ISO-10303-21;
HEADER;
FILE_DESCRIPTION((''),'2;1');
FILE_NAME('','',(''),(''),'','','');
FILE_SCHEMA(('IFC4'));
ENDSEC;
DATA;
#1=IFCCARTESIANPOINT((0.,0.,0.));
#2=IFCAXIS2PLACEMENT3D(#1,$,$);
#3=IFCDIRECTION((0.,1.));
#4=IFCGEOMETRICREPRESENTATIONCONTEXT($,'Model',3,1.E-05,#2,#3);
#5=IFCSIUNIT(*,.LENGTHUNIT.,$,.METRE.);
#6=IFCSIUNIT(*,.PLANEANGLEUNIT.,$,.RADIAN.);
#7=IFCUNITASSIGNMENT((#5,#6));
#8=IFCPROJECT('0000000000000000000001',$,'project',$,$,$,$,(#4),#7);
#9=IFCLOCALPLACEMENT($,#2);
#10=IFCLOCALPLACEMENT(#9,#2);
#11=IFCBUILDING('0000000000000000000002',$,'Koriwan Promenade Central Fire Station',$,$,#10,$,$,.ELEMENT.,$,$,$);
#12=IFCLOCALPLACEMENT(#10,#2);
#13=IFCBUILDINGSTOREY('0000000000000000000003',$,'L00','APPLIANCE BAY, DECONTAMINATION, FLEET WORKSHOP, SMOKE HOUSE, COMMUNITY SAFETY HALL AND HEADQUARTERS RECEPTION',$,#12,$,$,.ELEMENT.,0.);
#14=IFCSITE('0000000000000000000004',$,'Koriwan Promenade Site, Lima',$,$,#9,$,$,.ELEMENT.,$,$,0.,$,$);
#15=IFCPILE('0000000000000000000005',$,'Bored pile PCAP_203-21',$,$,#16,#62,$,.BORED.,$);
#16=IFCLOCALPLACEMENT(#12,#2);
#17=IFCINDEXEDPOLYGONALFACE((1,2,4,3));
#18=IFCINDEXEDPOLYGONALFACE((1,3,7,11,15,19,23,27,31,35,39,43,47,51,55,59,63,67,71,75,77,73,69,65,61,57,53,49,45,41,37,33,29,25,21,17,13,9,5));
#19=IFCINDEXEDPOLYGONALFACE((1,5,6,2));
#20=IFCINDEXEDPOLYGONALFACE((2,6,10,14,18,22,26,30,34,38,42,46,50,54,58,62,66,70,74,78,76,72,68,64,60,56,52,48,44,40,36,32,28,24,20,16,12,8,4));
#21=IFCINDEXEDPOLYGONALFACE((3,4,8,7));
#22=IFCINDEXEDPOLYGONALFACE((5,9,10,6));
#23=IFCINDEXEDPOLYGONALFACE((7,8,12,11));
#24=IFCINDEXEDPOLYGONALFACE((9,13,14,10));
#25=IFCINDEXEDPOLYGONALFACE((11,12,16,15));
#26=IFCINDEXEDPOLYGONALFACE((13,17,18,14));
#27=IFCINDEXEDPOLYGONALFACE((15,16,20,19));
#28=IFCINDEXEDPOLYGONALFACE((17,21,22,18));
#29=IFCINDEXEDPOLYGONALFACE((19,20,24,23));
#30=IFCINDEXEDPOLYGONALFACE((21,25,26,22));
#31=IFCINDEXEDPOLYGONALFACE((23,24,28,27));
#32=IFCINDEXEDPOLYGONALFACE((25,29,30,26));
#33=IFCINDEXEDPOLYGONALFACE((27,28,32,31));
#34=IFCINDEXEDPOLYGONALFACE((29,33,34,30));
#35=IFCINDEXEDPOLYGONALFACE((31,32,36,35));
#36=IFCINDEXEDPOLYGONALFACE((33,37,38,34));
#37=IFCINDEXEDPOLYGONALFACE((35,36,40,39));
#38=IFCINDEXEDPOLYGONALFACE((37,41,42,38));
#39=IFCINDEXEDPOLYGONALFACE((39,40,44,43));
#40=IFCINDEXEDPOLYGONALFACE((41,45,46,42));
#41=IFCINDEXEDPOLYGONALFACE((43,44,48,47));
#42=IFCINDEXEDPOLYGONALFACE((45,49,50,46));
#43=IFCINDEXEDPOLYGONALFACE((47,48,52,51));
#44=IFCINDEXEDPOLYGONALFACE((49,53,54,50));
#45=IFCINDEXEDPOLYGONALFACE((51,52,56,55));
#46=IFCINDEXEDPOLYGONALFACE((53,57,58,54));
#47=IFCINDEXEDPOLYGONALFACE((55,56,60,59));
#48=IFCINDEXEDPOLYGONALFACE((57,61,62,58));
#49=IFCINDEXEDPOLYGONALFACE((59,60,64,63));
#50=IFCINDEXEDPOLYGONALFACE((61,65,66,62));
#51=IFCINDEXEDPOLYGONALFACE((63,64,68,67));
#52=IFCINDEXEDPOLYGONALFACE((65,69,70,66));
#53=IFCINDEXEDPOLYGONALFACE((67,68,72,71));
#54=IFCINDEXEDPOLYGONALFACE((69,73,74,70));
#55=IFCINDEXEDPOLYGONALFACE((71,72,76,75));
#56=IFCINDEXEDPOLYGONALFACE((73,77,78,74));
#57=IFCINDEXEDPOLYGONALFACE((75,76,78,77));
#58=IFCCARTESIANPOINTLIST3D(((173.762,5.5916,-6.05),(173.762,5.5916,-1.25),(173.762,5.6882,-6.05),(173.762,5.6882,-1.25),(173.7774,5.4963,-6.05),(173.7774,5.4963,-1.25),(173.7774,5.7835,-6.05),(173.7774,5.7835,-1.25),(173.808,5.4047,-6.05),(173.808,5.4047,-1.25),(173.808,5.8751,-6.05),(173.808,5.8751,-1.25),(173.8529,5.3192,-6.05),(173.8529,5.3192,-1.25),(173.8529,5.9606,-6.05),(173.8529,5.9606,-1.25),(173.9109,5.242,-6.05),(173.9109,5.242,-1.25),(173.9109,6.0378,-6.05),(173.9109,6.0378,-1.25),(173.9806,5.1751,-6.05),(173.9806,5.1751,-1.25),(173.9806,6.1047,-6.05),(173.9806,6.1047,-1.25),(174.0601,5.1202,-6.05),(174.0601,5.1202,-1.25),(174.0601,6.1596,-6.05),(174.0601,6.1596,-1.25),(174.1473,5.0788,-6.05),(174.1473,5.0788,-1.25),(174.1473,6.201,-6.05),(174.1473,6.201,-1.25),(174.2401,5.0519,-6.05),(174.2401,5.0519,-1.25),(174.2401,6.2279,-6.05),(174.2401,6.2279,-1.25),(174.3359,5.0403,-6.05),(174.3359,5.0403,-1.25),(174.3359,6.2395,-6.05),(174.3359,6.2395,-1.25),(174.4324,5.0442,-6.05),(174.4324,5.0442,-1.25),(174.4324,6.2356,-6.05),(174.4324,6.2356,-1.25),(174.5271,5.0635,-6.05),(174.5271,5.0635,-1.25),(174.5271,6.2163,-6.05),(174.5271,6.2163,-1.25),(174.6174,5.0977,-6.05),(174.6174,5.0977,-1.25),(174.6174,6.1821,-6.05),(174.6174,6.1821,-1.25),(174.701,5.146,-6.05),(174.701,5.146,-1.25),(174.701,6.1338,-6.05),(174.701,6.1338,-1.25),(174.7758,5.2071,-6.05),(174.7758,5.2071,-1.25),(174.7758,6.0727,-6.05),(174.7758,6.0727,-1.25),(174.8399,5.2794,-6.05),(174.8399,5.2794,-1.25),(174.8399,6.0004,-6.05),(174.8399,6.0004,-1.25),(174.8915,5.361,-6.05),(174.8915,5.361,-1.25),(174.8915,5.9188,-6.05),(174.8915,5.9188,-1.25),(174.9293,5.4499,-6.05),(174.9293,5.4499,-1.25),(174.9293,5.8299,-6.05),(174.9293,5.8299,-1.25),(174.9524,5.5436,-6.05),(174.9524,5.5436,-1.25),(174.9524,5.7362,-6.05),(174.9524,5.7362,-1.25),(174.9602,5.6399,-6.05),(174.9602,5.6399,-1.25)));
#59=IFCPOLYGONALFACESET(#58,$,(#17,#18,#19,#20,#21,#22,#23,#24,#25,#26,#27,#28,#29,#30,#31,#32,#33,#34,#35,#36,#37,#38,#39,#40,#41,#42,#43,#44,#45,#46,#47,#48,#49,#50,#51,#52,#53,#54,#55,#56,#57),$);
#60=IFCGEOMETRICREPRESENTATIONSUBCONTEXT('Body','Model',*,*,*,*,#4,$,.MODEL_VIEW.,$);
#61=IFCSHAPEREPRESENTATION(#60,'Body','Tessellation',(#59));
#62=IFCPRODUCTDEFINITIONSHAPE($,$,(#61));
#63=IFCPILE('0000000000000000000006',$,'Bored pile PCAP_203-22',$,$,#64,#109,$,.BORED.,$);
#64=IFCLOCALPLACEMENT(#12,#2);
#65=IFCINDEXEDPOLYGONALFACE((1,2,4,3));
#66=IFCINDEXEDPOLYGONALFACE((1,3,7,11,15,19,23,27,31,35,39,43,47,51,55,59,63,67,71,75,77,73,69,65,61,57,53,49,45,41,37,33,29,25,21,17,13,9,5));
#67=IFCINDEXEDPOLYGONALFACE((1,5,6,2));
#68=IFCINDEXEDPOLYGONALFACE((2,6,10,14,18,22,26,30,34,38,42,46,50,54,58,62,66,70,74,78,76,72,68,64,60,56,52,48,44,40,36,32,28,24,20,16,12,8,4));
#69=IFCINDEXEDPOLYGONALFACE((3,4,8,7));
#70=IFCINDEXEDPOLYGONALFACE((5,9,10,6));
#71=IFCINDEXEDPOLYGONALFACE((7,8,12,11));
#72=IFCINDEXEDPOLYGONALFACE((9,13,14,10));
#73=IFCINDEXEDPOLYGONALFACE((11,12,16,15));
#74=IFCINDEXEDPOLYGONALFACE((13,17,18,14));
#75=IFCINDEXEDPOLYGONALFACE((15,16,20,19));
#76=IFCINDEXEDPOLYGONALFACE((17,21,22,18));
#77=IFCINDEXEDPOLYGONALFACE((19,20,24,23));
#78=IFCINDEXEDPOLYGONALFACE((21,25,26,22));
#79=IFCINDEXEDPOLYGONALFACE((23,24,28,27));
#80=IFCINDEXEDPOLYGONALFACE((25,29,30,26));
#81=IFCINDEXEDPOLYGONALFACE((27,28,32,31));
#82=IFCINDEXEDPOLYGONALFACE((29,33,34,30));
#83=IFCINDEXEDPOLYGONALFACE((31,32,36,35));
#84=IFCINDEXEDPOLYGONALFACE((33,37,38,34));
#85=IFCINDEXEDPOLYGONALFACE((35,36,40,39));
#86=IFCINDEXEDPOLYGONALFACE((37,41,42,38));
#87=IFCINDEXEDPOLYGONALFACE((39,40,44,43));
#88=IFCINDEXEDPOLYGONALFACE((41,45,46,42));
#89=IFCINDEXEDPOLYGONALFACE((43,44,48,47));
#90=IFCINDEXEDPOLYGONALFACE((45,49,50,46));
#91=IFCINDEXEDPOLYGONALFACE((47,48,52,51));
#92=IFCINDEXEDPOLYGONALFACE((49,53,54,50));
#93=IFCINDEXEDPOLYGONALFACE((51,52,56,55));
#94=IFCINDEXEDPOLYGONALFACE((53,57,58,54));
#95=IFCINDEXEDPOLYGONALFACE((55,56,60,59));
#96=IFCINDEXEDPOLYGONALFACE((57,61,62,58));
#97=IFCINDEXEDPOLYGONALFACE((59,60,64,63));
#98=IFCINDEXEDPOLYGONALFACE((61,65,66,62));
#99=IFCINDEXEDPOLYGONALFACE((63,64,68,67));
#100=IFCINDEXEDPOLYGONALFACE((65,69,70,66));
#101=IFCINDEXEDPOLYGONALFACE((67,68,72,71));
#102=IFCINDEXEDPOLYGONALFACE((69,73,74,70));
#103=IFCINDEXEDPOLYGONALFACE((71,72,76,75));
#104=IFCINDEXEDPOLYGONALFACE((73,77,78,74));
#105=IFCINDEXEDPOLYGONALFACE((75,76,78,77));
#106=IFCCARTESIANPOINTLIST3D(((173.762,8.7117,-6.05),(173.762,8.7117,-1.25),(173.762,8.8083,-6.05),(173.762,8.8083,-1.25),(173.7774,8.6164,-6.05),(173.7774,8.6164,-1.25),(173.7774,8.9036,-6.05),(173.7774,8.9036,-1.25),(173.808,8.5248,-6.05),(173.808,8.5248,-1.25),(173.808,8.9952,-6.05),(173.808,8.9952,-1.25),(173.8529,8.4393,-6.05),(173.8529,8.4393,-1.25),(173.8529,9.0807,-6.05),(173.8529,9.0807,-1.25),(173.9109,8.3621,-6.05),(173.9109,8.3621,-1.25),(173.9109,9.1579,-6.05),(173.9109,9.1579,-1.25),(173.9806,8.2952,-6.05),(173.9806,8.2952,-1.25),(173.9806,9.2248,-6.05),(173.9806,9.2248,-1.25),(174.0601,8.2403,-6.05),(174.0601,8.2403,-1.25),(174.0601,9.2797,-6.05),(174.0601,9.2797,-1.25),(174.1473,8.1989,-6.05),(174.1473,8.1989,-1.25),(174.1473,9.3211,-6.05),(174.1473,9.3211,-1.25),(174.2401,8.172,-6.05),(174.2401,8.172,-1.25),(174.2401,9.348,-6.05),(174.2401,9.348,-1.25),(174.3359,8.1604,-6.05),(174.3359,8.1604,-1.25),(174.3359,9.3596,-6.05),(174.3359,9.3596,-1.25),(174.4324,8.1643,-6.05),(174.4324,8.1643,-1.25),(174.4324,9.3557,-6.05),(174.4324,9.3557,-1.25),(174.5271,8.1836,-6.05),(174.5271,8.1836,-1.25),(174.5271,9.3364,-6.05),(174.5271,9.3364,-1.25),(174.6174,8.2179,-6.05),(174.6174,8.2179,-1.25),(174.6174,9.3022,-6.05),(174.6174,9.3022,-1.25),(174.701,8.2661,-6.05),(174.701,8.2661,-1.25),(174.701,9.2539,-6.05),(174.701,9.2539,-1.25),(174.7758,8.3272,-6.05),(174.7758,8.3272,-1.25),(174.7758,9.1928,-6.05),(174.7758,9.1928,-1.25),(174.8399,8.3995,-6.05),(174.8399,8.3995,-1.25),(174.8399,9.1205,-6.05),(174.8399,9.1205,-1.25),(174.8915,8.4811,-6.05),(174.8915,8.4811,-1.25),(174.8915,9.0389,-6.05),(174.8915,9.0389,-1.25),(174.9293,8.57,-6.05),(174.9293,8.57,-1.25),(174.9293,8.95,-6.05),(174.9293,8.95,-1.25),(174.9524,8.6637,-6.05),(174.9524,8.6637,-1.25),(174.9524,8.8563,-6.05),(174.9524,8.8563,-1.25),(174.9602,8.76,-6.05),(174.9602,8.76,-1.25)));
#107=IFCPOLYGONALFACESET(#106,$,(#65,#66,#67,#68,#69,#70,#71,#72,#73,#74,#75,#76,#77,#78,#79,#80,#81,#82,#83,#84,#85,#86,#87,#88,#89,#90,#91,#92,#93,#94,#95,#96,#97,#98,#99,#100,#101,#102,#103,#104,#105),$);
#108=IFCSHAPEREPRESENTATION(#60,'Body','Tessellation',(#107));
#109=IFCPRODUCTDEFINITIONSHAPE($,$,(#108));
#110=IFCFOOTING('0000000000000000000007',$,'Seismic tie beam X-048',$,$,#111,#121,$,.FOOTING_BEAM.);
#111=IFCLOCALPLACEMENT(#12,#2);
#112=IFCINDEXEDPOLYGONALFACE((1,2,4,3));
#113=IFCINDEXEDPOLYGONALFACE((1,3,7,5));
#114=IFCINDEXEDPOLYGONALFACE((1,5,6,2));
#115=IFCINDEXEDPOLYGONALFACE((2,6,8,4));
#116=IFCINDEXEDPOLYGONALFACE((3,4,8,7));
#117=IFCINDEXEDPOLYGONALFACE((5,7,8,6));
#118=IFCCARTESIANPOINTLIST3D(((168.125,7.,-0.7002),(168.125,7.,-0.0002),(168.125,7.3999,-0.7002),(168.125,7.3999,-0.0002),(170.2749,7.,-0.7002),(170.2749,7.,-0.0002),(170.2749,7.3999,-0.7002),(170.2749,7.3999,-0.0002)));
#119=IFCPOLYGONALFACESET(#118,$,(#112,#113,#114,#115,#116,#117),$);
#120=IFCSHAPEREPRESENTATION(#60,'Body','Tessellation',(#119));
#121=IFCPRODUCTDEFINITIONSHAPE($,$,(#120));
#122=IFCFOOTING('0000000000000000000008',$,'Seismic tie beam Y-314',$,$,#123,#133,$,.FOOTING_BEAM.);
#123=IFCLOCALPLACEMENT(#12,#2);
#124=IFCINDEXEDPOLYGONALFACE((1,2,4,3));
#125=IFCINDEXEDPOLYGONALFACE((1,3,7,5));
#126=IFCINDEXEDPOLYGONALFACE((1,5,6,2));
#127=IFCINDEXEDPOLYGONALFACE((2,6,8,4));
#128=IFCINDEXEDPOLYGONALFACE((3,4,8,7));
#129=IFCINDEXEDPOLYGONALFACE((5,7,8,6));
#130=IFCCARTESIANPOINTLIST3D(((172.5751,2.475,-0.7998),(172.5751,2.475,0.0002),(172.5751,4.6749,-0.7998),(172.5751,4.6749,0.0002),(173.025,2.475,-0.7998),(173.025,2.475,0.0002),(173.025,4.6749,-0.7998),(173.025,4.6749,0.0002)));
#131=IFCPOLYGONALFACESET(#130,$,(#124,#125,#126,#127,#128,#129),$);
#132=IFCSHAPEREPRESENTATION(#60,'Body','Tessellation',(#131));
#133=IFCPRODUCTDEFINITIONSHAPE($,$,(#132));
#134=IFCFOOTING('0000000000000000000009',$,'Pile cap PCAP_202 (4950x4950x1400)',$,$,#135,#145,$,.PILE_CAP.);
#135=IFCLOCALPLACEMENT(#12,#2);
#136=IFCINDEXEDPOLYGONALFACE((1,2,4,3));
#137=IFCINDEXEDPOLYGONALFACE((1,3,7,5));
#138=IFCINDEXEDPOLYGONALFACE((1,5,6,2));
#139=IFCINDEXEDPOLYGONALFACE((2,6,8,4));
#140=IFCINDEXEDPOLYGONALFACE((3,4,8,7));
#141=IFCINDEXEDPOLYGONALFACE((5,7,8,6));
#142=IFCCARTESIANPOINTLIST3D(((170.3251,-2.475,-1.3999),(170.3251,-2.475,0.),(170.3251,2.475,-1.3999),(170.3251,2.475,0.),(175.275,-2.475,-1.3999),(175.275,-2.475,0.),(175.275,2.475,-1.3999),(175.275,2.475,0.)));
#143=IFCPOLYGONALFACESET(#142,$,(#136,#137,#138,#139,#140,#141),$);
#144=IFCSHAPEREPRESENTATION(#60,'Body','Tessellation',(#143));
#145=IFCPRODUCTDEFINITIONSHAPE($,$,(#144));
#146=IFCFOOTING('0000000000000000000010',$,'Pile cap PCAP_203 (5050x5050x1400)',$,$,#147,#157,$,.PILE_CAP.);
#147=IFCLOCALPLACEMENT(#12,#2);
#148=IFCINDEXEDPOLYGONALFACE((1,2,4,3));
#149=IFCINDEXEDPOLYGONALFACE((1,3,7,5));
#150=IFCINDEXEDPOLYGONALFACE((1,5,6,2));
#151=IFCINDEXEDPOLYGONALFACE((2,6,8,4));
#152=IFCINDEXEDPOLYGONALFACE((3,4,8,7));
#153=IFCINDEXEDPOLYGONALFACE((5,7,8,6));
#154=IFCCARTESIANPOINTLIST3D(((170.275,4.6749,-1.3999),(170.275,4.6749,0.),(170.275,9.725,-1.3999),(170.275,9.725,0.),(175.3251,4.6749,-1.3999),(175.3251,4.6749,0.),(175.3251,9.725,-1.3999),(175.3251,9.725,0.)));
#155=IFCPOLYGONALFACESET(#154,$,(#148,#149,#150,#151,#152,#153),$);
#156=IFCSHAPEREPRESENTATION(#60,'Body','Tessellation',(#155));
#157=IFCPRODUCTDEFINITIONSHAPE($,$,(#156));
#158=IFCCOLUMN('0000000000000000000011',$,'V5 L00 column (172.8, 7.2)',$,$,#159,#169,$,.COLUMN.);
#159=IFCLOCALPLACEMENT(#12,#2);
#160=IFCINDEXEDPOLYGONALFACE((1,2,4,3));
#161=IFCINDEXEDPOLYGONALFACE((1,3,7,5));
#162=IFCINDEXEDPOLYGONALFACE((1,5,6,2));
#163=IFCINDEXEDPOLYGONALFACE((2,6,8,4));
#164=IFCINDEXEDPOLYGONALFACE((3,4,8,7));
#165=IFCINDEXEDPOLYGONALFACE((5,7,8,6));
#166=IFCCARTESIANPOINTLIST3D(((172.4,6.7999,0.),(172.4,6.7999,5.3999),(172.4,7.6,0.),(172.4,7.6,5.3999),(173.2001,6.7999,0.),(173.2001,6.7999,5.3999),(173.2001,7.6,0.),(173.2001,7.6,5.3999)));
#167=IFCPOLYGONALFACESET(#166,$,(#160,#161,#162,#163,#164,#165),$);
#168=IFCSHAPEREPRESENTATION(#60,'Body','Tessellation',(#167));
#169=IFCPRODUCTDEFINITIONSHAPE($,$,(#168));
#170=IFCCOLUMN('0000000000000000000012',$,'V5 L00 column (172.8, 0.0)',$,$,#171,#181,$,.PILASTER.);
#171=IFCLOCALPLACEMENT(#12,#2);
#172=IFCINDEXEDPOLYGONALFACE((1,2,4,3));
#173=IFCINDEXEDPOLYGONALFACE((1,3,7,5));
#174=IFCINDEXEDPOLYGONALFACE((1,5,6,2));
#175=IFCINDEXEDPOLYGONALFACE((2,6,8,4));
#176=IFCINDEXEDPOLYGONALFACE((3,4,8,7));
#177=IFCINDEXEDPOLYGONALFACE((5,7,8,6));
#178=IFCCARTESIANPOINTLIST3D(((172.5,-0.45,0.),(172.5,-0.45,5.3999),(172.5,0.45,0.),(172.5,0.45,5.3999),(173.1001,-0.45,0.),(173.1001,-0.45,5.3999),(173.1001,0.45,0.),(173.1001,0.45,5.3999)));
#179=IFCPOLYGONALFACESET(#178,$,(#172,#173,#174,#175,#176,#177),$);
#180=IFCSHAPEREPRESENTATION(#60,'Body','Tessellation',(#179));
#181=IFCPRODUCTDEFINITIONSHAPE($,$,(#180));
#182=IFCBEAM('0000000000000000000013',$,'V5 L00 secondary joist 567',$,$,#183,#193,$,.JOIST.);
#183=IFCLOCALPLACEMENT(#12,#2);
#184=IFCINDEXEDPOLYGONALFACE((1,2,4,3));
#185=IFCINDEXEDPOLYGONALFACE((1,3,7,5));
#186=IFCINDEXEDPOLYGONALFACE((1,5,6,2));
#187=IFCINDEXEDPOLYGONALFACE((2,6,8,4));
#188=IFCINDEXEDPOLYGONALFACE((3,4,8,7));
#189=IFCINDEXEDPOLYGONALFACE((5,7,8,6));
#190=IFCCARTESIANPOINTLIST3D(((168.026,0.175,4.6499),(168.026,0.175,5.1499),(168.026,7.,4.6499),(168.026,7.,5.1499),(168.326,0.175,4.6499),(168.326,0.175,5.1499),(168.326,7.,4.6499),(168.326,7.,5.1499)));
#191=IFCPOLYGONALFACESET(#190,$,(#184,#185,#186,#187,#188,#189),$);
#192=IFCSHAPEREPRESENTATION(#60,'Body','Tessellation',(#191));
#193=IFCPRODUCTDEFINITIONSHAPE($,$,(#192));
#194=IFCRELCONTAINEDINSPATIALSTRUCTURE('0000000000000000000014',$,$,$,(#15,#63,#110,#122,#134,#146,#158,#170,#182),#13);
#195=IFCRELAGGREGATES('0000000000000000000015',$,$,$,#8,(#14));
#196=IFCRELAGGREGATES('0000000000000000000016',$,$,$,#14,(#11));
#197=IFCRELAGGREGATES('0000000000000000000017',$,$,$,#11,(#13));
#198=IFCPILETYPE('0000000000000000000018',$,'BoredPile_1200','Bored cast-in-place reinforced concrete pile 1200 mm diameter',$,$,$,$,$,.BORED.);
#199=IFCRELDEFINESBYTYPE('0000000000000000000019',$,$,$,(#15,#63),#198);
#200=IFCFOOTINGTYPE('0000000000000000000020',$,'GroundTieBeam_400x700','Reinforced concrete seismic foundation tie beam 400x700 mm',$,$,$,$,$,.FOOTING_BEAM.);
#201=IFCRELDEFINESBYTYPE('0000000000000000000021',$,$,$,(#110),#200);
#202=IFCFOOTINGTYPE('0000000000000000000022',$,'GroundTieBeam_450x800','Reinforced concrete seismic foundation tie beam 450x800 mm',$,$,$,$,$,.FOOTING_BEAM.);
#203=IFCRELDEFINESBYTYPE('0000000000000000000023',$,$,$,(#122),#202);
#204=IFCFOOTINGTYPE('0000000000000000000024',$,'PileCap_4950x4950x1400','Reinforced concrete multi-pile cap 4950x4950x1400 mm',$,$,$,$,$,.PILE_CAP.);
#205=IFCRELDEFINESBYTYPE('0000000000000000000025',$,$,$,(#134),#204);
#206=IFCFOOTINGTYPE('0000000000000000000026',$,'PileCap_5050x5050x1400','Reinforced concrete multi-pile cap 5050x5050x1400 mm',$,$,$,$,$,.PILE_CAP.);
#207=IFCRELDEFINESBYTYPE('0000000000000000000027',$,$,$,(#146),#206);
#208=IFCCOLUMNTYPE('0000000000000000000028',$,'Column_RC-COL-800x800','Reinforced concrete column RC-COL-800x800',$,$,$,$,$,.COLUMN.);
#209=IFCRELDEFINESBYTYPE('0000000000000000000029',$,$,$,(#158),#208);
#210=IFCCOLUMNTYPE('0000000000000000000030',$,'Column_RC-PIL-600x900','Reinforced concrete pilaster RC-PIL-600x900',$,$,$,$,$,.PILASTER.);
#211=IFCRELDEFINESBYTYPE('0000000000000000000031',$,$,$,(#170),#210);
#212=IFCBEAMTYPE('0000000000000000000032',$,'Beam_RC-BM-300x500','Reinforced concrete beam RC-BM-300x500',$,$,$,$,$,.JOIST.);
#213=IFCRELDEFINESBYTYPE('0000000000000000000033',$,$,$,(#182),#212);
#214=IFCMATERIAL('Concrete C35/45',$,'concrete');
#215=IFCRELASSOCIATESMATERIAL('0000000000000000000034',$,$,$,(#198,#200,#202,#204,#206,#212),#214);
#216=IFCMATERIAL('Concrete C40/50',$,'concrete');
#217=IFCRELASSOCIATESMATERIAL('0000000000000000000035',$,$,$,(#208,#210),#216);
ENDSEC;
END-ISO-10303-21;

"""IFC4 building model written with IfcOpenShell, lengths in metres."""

from ifc_helpers import new_model, si_unit, direction, frame, origin, origin_2d, place, context, subcontext, project, spatial, rectangle, circle, extrude, material, material_profile, profile_set, type_object, element, save


model = new_model("IFC4")

# Units and contexts
model_context = context("Model", 3, precision=1e-05, world=origin(), true_north=direction((0.0, 1.0)))
body_context = subcontext(model_context, "Body", "Model", "MODEL_VIEW")
ifc_project = project(units=[si_unit("LENGTHUNIT", "METRE"), si_unit("PLANEANGLEUNIT", "RADIAN")], contexts=[model_context])

# Site, building, storey
site_placement = place(None, origin())
site = spatial("IfcSite", under=ifc_project, at=site_placement, Name="Koriwan Promenade Site, Lima", CompositionType="ELEMENT", RefElevation=0.0)
building_placement = place(site_placement, origin())
building = spatial("IfcBuilding", under=site, at=building_placement, Name="Koriwan Promenade Central Fire Station", CompositionType="ELEMENT")
storey_placement = place(building_placement, origin())
storey = spatial("IfcBuildingStorey", under=building, at=storey_placement, Name="L00", Description="APPLIANCE BAY, DECONTAMINATION, FLEET WORKSHOP, SMOKE HOUSE, COMMUNITY SAFETY HALL AND HEADQUARTERS RECEPTION", CompositionType="ELEMENT", Elevation=0.0)

# Piles
ifc_material_1 = material(Name="Concrete C35/45", Category="concrete")
ifc_material_profile_1 = material_profile(ifc_material_1, circle(Radius=0.6001, at=origin_2d()), Name="PILE-D1200")
ifc_profile_set_1 = profile_set([ifc_material_profile_1], Name="Concrete C35/45")
pile_type = type_object("IfcPileType", Name="BoredPile_1200", Description="Bored cast-in-place reinforced concrete pile 1200 mm diameter", PredefinedType="BORED", material=ifc_profile_set_1)
for number, where, z_axis, x_axis, name in (
    (1, (174.3601, 5.6399, -1.25), (0.0, 0.0, -1.0), (1.0, 0.0, 0.0), "Bored pile PCAP_203-21"),
    (2, (174.3601, 8.76, -1.25), (0.0, 0.0, -1.0), (1.0, 0.0, 0.0), "Bored pile PCAP_203-22"),
):
    element("IfcPile", number, at=place(storey_placement, frame(where, z_axis=z_axis, x_axis=x_axis)), inside=storey, type_object=pile_type, Name=name, PredefinedType="BORED", context=body_context, shape_type="SweptSolid", body=[
        extrude(circle(Radius=0.6001, at=origin_2d()), origin(), (0.0, 0.0, 1.0), 4.8),
    ])

# Footings
footing_type_1 = type_object("IfcFootingType", Name="GroundTieBeam_400x700", Description="Reinforced concrete seismic foundation tie beam 400x700 mm", PredefinedType="FOOTING_BEAM", material=ifc_material_1)
footing_1_placement = place(storey_placement, frame((169.2, 7.2, -0.7002), z_axis=(0.0, 0.0, 1.0), x_axis=(1.0, 0.0, 0.0)))
element("IfcFooting", 3, at=footing_1_placement, inside=storey, type_object=footing_type_1, Name="Seismic tie beam X-048", PredefinedType="FOOTING_BEAM", context=body_context, shape_type="SweptSolid", body=[
    extrude(rectangle(XDim=2.1499, YDim=0.3999, at=origin_2d()), origin(), (0.0, 0.0, 1.0), 0.7),
])
footing_type_2 = type_object("IfcFootingType", Name="GroundTieBeam_450x800", Description="Reinforced concrete seismic foundation tie beam 450x800 mm", PredefinedType="FOOTING_BEAM", material=ifc_material_1)
footing_2_placement = place(storey_placement, frame((172.8, 3.575, -0.7998), z_axis=(0.0, 0.0, 1.0), x_axis=(0.0, 1.0, 0.0)))
element("IfcFooting", 4, at=footing_2_placement, inside=storey, type_object=footing_type_2, Name="Seismic tie beam Y-314", PredefinedType="FOOTING_BEAM", context=body_context, shape_type="SweptSolid", body=[
    extrude(rectangle(XDim=2.2, YDim=0.45, at=origin_2d()), origin(), (0.0, 0.0, 1.0), 0.8),
])
footing_type_3 = type_object("IfcFootingType", Name="PileCap_4950x4950x1400", Description="Reinforced concrete multi-pile cap 4950x4950x1400 mm", PredefinedType="PILE_CAP", material=ifc_material_1)
footing_3_placement = place(storey_placement, frame((172.8, 0.0, -1.3999), z_axis=(0.0, 0.0, 1.0), x_axis=(1.0, 0.0, 0.0)))
element("IfcFooting", 5, at=footing_3_placement, inside=storey, type_object=footing_type_3, Name="Pile cap PCAP_202 (4950x4950x1400)", PredefinedType="PILE_CAP", context=body_context, shape_type="SweptSolid", body=[
    extrude(rectangle(XDim=4.95, YDim=4.95, at=origin_2d()), origin(), (0.0, 0.0, 1.0), 1.3999),
])
footing_type_4 = type_object("IfcFootingType", Name="PileCap_5050x5050x1400", Description="Reinforced concrete multi-pile cap 5050x5050x1400 mm", PredefinedType="PILE_CAP", material=ifc_material_1)
footing_4_placement = place(storey_placement, frame((172.8, 7.2, -1.3999), z_axis=(0.0, 0.0, 1.0), x_axis=(1.0, 0.0, 0.0)))
element("IfcFooting", 6, at=footing_4_placement, inside=storey, type_object=footing_type_4, Name="Pile cap PCAP_203 (5050x5050x1400)", PredefinedType="PILE_CAP", context=body_context, shape_type="SweptSolid", body=[
    extrude(rectangle(XDim=5.05, YDim=5.05, at=origin_2d()), origin(), (0.0, 0.0, 1.0), 1.3999),
])

# Columns
ifc_material_2 = material(Name="Concrete C40/50", Category="concrete")
ifc_material_profile_2 = material_profile(ifc_material_2, rectangle(XDim=0.8, YDim=0.8, at=origin_2d()), Name="RC-COL-800x800")
ifc_profile_set_2 = profile_set([ifc_material_profile_2], Name="Concrete C40/50")
column_type_1 = type_object("IfcColumnType", Name="Column_RC-COL-800x800", Description="Reinforced concrete column RC-COL-800x800", PredefinedType="COLUMN", material=ifc_profile_set_2)
column_1_placement = place(storey_placement, frame((172.8, 7.2, 0.0), z_axis=(0.0, 0.0, 1.0), x_axis=(1.0, 0.0, 0.0)))
element("IfcColumn", 7, at=column_1_placement, inside=storey, type_object=column_type_1, Name="V5 L00 column (172.8, 7.2)", PredefinedType="COLUMN", context=body_context, shape_type="SweptSolid", body=[
    extrude(rectangle(XDim=0.8, YDim=0.8, at=origin_2d()), origin(), (0.0, 0.0, 1.0), 5.3999),
])
ifc_material_profile_3 = material_profile(ifc_material_2, rectangle(XDim=0.6001, YDim=0.8999, at=origin_2d()), Name="RC-PIL-600x900")
ifc_profile_set_3 = profile_set([ifc_material_profile_3], Name="Concrete C40/50")
column_type_2 = type_object("IfcColumnType", Name="Column_RC-PIL-600x900", Description="Reinforced concrete pilaster RC-PIL-600x900", PredefinedType="PILASTER", material=ifc_profile_set_3)
column_2_placement = place(storey_placement, frame((172.8, 0.0, 0.0), z_axis=(0.0, 0.0, 1.0), x_axis=(1.0, 0.0, 0.0)))
element("IfcColumn", 8, at=column_2_placement, inside=storey, type_object=column_type_2, Name="V5 L00 column (172.8, 0.0)", PredefinedType="PILASTER", context=body_context, shape_type="SweptSolid", body=[
    extrude(rectangle(XDim=0.6001, YDim=0.8999, at=origin_2d()), origin(), (0.0, 0.0, 1.0), 5.3999),
])

# Beam
ifc_material_profile_4 = material_profile(ifc_material_1, rectangle(XDim=0.3, YDim=0.5, at=origin_2d()), Name="RC-BM-300x500")
ifc_profile_set_4 = profile_set([ifc_material_profile_4], Name="Concrete C35/45")
beam_type_1 = type_object("IfcBeamType", Name="Beam_RC-BM-300x500", Description="Reinforced concrete beam RC-BM-300x500", PredefinedType="JOIST", material=ifc_profile_set_4)
beam_1_placement = place(storey_placement, frame((168.176, 0.175, 4.8999), z_axis=(0.0, 1.0, 0.0), x_axis=(-1.0, 0.0, 0.0)))
element("IfcBeam", 9, at=beam_1_placement, inside=storey, type_object=beam_type_1, Name="V5 L00 secondary joist 567", PredefinedType="JOIST", context=body_context, shape_type="SweptSolid", body=[
    extrude(rectangle(XDim=0.3, YDim=0.5, at=origin_2d()), origin(), (0.0, 0.0, 1.0), 6.825),
])

save(model, "model.ifc")
